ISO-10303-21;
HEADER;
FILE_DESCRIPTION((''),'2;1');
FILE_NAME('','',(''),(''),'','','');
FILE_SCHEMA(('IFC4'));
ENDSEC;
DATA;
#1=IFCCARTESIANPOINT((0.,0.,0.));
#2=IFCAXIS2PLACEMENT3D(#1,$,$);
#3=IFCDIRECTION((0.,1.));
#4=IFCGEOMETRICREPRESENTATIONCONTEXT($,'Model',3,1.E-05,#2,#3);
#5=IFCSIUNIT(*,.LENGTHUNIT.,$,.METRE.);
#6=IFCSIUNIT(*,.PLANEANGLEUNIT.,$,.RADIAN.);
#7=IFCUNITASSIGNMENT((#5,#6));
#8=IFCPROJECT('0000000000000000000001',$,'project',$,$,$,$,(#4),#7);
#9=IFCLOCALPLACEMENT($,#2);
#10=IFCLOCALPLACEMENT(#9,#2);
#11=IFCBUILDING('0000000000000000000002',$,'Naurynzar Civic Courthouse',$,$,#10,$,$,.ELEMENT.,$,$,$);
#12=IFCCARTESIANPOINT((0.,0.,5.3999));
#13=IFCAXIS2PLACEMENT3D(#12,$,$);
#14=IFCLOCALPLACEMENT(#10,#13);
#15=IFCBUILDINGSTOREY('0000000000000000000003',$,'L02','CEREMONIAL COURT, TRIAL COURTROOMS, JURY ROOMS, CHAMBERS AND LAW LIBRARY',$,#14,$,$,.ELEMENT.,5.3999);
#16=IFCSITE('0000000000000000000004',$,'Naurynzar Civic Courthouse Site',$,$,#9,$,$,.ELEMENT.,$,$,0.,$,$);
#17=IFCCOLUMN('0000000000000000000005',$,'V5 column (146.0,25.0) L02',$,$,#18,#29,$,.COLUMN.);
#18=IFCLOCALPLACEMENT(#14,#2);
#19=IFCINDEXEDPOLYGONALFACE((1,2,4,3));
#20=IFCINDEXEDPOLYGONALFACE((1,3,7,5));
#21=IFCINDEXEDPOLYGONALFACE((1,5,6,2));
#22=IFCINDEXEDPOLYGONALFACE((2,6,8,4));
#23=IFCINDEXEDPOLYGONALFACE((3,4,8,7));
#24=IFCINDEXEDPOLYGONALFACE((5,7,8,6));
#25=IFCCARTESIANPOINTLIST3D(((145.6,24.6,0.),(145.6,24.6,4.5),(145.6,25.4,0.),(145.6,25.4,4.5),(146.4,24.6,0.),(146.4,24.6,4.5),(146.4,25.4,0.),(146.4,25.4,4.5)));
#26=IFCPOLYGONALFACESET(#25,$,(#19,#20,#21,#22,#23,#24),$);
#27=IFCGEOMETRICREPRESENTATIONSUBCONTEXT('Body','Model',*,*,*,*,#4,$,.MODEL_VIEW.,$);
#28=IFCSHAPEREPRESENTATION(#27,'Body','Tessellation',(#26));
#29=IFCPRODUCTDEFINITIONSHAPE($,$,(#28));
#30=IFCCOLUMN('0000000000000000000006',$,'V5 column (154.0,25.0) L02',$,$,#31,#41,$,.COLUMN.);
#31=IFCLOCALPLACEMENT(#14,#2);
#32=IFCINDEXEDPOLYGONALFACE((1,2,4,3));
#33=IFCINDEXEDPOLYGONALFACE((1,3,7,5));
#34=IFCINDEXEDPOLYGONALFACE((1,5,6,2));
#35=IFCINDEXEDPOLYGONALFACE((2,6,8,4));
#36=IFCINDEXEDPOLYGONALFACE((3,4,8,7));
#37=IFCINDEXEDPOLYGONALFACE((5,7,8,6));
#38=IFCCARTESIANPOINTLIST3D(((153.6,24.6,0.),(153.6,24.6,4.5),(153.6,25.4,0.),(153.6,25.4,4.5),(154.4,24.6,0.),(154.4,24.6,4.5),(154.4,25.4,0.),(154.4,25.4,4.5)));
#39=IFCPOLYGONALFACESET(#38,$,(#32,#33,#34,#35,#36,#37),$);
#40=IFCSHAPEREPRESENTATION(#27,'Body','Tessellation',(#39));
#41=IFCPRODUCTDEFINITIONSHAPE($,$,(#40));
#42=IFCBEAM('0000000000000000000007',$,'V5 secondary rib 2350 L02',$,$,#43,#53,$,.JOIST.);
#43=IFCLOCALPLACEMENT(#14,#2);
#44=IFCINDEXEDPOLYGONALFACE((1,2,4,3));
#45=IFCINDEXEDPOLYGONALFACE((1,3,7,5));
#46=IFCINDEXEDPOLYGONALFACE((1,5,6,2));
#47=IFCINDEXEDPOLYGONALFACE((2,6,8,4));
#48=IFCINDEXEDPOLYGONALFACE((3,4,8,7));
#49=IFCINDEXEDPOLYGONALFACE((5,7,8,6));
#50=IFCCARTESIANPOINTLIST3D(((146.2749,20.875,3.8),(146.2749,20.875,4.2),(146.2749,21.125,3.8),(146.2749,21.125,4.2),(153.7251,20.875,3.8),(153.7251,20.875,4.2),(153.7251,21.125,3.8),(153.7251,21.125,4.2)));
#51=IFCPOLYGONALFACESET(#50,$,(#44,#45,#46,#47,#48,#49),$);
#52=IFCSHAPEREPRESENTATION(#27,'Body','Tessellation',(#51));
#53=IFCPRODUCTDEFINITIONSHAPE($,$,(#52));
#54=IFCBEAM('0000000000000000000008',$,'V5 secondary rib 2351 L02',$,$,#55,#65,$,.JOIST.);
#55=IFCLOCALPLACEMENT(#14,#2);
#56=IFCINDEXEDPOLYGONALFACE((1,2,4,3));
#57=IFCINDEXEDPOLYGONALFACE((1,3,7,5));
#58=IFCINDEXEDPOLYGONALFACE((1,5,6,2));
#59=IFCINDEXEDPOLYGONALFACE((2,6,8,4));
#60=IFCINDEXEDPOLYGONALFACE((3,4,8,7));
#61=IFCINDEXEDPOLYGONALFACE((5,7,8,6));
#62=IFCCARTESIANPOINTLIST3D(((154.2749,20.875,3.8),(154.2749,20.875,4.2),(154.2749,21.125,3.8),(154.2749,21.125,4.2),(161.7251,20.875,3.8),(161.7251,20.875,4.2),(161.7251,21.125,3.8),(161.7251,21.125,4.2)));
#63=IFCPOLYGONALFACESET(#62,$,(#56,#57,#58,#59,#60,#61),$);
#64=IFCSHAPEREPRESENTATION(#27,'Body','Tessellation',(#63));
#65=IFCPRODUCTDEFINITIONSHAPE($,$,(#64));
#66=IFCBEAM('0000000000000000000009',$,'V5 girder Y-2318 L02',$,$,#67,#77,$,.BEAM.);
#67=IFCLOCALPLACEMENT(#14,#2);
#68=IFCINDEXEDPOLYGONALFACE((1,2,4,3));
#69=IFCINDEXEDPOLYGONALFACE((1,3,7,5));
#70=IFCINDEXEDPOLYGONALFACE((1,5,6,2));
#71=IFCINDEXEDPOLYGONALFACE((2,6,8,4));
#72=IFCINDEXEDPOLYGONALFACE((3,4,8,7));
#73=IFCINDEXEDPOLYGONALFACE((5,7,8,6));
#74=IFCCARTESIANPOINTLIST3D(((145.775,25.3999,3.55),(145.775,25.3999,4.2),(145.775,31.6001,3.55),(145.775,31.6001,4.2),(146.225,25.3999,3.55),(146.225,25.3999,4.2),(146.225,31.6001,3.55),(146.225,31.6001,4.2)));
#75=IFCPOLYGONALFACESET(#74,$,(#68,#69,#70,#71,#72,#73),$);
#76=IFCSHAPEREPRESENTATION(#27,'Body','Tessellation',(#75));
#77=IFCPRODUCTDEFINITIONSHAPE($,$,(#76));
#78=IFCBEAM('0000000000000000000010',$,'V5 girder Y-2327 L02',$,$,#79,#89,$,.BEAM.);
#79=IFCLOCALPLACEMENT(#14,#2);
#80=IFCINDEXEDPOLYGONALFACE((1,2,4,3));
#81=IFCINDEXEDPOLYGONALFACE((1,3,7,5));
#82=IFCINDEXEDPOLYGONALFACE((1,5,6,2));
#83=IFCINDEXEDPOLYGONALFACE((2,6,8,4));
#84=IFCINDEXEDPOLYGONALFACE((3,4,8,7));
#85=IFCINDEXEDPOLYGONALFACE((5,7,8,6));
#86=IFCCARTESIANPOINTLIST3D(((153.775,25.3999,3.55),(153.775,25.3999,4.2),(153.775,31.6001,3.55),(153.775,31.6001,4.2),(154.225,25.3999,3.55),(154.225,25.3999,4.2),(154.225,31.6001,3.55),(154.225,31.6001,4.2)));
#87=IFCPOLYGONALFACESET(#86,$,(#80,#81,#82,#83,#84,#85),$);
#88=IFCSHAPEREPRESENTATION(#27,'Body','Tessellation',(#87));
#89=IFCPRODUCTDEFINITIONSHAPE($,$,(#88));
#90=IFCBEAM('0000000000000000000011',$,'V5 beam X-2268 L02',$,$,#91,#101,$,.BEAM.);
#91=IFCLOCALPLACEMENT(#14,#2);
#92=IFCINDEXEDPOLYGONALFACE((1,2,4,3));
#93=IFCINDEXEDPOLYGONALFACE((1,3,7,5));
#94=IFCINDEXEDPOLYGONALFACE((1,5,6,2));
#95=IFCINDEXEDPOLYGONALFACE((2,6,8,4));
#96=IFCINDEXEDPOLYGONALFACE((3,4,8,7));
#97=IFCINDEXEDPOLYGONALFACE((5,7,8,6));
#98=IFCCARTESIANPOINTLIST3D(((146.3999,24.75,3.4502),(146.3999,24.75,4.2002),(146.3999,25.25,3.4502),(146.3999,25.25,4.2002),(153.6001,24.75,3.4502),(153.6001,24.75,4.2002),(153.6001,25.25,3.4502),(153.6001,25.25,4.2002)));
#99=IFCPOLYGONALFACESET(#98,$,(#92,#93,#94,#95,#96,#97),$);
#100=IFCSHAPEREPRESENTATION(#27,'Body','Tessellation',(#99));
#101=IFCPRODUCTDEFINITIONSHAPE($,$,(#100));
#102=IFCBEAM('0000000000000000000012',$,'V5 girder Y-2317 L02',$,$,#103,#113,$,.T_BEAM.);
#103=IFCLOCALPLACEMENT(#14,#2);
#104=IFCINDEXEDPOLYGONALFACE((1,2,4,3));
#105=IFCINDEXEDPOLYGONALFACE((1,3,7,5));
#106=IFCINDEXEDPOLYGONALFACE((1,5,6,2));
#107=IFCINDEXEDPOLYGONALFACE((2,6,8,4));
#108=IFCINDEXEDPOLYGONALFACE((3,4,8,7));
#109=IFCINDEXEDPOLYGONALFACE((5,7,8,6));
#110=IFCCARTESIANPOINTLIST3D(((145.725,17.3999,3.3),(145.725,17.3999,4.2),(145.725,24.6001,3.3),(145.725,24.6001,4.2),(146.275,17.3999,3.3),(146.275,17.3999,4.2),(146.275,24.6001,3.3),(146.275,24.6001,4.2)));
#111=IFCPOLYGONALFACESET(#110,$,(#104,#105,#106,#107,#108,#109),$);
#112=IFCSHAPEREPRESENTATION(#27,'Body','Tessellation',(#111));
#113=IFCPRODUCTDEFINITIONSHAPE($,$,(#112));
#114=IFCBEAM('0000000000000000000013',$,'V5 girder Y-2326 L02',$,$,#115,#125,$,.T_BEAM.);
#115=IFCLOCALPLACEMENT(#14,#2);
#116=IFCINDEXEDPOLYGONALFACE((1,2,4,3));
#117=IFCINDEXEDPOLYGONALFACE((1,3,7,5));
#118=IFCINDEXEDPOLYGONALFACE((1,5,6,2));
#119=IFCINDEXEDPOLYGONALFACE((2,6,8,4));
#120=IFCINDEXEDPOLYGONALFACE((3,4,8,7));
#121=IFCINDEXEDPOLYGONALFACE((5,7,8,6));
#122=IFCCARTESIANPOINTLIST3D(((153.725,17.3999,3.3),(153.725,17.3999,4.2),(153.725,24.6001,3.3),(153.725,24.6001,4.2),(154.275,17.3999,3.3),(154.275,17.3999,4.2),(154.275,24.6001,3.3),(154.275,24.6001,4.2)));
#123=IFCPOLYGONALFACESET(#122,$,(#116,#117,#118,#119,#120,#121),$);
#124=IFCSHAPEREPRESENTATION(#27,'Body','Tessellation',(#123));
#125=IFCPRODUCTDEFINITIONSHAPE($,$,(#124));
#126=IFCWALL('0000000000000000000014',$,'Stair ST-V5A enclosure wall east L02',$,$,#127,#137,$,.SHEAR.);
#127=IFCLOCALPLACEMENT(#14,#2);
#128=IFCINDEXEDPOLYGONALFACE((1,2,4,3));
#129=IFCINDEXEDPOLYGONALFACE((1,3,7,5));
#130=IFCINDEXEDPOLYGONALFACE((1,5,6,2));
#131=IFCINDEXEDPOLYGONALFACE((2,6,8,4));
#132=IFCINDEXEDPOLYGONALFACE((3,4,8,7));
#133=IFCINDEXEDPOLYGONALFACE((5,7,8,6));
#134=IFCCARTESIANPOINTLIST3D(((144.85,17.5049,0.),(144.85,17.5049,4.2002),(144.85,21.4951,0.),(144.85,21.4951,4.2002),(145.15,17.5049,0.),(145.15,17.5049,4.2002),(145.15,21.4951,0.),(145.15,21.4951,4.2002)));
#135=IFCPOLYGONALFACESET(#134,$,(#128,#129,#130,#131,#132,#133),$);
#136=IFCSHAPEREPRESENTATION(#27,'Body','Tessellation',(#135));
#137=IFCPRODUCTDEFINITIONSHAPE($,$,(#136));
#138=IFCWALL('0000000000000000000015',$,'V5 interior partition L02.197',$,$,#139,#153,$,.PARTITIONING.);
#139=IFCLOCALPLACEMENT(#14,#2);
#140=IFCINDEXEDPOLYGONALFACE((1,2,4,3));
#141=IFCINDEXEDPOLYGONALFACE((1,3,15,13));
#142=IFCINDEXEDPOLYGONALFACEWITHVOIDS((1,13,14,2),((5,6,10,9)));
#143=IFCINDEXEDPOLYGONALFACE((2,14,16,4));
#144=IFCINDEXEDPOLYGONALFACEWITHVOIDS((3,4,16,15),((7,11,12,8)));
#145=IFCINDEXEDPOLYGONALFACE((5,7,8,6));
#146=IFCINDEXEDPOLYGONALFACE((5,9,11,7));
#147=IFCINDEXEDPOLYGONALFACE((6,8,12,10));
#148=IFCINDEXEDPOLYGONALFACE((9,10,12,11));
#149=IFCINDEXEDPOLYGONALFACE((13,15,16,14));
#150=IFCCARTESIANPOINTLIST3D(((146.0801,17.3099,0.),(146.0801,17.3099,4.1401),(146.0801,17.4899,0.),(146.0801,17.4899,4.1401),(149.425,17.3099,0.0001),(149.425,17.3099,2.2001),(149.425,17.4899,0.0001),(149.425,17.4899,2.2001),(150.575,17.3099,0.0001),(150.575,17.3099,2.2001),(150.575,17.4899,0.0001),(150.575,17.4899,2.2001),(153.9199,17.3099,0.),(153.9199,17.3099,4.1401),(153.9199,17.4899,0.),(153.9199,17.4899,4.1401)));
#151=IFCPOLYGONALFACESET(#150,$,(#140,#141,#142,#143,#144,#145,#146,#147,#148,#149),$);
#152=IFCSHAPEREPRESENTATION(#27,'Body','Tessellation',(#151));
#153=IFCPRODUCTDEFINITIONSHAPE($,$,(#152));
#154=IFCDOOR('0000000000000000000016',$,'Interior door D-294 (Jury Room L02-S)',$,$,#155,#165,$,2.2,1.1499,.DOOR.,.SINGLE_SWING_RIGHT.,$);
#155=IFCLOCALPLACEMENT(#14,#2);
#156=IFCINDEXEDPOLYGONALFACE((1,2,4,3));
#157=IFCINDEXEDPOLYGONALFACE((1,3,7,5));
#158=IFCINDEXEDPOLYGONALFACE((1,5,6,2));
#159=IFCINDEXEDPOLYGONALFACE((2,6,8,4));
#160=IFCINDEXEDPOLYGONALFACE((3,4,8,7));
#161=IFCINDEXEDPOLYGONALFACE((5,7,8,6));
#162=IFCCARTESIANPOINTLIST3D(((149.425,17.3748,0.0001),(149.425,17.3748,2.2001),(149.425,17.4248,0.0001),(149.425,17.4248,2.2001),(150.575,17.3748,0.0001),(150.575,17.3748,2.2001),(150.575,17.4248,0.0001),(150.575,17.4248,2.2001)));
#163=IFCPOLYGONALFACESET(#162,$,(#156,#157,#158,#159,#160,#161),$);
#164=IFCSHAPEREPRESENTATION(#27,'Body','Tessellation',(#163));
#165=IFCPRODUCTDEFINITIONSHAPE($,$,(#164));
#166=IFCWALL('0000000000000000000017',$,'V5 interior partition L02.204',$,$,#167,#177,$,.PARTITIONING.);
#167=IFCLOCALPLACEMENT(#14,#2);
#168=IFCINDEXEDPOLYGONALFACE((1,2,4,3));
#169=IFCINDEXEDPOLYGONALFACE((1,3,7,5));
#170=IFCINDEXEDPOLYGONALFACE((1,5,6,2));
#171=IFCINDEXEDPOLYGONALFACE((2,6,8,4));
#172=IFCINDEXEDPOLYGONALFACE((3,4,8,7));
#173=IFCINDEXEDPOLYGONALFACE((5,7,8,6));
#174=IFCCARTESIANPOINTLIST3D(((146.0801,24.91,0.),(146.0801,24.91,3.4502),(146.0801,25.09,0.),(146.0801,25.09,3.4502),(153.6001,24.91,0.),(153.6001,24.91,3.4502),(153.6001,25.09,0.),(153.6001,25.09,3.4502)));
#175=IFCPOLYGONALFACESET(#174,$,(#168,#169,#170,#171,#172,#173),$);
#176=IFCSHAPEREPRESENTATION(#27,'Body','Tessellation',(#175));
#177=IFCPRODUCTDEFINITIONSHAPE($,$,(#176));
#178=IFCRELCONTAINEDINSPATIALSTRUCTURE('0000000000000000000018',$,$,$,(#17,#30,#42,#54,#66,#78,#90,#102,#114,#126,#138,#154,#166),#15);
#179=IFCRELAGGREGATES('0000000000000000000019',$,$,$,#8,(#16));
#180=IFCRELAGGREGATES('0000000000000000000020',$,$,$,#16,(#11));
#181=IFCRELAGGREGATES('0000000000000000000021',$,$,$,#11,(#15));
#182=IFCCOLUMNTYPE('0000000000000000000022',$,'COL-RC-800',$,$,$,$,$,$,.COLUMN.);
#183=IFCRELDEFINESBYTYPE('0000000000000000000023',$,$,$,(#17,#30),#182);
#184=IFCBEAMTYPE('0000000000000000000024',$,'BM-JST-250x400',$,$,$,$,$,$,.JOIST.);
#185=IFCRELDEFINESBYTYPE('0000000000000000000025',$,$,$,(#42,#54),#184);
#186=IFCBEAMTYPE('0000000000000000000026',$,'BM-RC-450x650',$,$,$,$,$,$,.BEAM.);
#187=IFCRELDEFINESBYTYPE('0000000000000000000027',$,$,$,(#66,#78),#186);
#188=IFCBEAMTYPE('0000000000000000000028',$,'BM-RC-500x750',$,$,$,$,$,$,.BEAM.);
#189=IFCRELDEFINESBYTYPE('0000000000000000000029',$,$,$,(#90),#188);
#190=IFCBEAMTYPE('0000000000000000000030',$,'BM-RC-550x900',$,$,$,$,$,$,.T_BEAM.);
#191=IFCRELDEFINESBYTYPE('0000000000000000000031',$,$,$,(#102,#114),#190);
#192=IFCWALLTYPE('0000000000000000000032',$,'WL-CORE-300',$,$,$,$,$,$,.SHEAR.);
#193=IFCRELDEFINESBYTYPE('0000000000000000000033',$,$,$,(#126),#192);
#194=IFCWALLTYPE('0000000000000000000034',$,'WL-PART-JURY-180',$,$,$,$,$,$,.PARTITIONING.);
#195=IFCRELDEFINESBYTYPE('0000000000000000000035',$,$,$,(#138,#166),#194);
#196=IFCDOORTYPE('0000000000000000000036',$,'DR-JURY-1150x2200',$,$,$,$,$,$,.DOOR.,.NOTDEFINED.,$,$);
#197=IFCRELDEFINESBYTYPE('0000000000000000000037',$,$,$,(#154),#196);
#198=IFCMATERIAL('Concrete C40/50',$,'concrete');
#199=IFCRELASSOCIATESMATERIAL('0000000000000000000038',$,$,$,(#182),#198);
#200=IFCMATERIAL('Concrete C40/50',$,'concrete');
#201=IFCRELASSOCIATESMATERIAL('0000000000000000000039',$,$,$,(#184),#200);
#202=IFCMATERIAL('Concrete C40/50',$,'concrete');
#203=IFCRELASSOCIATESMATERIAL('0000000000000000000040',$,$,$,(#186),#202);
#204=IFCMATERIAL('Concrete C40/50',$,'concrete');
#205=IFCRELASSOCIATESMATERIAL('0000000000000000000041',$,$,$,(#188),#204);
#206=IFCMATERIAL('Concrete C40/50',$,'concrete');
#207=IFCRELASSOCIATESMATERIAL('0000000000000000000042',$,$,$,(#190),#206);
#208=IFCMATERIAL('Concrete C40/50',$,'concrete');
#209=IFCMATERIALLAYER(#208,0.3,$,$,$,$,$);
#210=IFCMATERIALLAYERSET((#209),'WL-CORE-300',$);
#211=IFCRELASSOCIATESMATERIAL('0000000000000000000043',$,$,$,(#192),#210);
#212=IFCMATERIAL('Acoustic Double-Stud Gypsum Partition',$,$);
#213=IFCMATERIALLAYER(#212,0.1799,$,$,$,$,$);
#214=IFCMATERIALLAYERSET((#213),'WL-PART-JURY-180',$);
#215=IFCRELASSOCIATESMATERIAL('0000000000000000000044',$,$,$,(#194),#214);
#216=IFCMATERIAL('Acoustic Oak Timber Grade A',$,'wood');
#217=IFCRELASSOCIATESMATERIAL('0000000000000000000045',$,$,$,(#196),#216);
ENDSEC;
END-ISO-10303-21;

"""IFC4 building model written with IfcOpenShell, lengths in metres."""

from ifc_helpers import new_model, si_unit, direction, frame, frame_2d, origin, origin_2d, place, context, subcontext, project, spatial, rectangle, extrude, material, layer, layer_set, material_profile, profile_set, type_object, element, fill, save


model = new_model("IFC4")

# Units and contexts
model_context = context("Model", 3, precision=1e-05, world=origin(), true_north=direction((0.0, 1.0)))
body_context = subcontext(model_context, "Body", "Model", "MODEL_VIEW")
ifc_project = project(units=[si_unit("LENGTHUNIT", "METRE"), si_unit("PLANEANGLEUNIT", "RADIAN")], contexts=[model_context])

# Site, building, storey
site_placement = place(None, origin())
site = spatial("IfcSite", under=ifc_project, at=site_placement, Name="Naurynzar Civic Courthouse Site", CompositionType="ELEMENT", RefElevation=0.0)
building_placement = place(site_placement, origin())
building = spatial("IfcBuilding", under=site, at=building_placement, Name="Naurynzar Civic Courthouse", CompositionType="ELEMENT")
storey_placement = place(building_placement, frame((0.0, 0.0, 5.3999)))
storey = spatial("IfcBuildingStorey", under=building, at=storey_placement, Name="L02", Description="CEREMONIAL COURT, TRIAL COURTROOMS, JURY ROOMS, CHAMBERS AND LAW LIBRARY", CompositionType="ELEMENT", Elevation=5.3999)

# Columns
ifc_material_1 = material(Name="Concrete C40/50", Category="concrete")
ifc_material_profile_1 = material_profile(ifc_material_1, rectangle(XDim=0.8, YDim=0.8, at=origin_2d()), Name="RC 800x800")
ifc_profile_set_1 = profile_set([ifc_material_profile_1], Name="Concrete C40/50")
column_type = type_object("IfcColumnType", Name="COL-RC-800", PredefinedType="COLUMN", material=ifc_profile_set_1)
for number, where, z_axis, x_axis, name in (
    (1, (146.0, 25.0, 0.0), (0.0, 0.0, 1.0), (1.0, 0.0, 0.0), "V5 column (146.0,25.0) L02"),
    (2, (154.0, 25.0, 0.0), (0.0, 0.0, 1.0), (1.0, 0.0, 0.0), "V5 column (154.0,25.0) L02"),
):
    element("IfcColumn", number, at=place(storey_placement, frame(where, z_axis=z_axis, x_axis=x_axis)), inside=storey, type_object=column_type, Name=name, PredefinedType="COLUMN", context=body_context, shape_type="SweptSolid", body=[
        extrude(rectangle(XDim=0.8, YDim=0.8, at=origin_2d()), origin(), (0.0, 0.0, 1.0), 4.5),
    ])

# Beams
ifc_material_2 = material(Name="Concrete C40/50", Category="concrete")
ifc_material_profile_2 = material_profile(ifc_material_2, rectangle(XDim=0.25, YDim=0.3999, at=origin_2d()), Name="RCB 250x400")
ifc_profile_set_2 = profile_set([ifc_material_profile_2], Name="Concrete C40/50")
beam_type_1 = type_object("IfcBeamType", Name="BM-JST-250x400", PredefinedType="JOIST", material=ifc_profile_set_2)
for number, where, z_axis, x_axis, name in (
    (3, (146.2749, 21.0, 4.0), (1.0, 0.0, 0.0), (0.0, 1.0, 0.0), "V5 secondary rib 2350 L02"),
    (4, (154.2749, 21.0, 4.0), (1.0, 0.0, 0.0), (0.0, 1.0, 0.0), "V5 secondary rib 2351 L02"),
):
    element("IfcBeam", number, at=place(storey_placement, frame(where, z_axis=z_axis, x_axis=x_axis)), inside=storey, type_object=beam_type_1, Name=name, PredefinedType="JOIST", context=body_context, shape_type="SweptSolid", body=[
        extrude(rectangle(XDim=0.25, YDim=0.3999, at=origin_2d()), origin(), (0.0, 0.0, 1.0), 7.4502),
    ])
ifc_material_3 = material(Name="Concrete C40/50", Category="concrete")
ifc_material_profile_3 = material_profile(ifc_material_3, rectangle(XDim=0.45, YDim=0.6499, at=origin_2d()), Name="RCB 450x650")
ifc_profile_set_3 = profile_set([ifc_material_profile_3], Name="Concrete C40/50")
beam_type_2 = type_object("IfcBeamType", Name="BM-RC-450x650", PredefinedType="BEAM", material=ifc_profile_set_3)
for number, where, z_axis, x_axis, name in (
    (5, (146.0, 25.3999, 3.875), (0.0, 1.0, 0.0), (-1.0, 0.0, 0.0), "V5 girder Y-2318 L02"),
    (6, (154.0, 25.3999, 3.875), (0.0, 1.0, 0.0), (-1.0, 0.0, 0.0), "V5 girder Y-2327 L02"),
):
    element("IfcBeam", number, at=place(storey_placement, frame(where, z_axis=z_axis, x_axis=x_axis)), inside=storey, type_object=beam_type_2, Name=name, PredefinedType="BEAM", context=body_context, shape_type="SweptSolid", body=[
        extrude(rectangle(XDim=0.45, YDim=0.6499, at=origin_2d()), origin(), (0.0, 0.0, 1.0), 6.2002),
    ])
ifc_material_4 = material(Name="Concrete C40/50", Category="concrete")
ifc_material_profile_4 = material_profile(ifc_material_4, rectangle(XDim=0.5, YDim=0.75, at=origin_2d()), Name="RCB 500x750")
ifc_profile_set_4 = profile_set([ifc_material_profile_4], Name="Concrete C40/50")
beam_type_3 = type_object("IfcBeamType", Name="BM-RC-500x750", PredefinedType="BEAM", material=ifc_profile_set_4)
beam_placement = place(storey_placement, frame((146.3999, 25.0, 3.8252), z_axis=(1.0, 0.0, 0.0), x_axis=(0.0, 1.0, 0.0)))
element("IfcBeam", 7, at=beam_placement, inside=storey, type_object=beam_type_3, Name="V5 beam X-2268 L02", PredefinedType="BEAM", context=body_context, shape_type="SweptSolid", body=[
    extrude(rectangle(XDim=0.5, YDim=0.75, at=origin_2d()), origin(), (0.0, 0.0, 1.0), 7.2002),
])
ifc_material_5 = material(Name="Concrete C40/50", Category="concrete")
ifc_material_profile_5 = material_profile(ifc_material_5, rectangle(XDim=0.55, YDim=0.8999, at=origin_2d()), Name="RCB 550x900")
ifc_profile_set_5 = profile_set([ifc_material_profile_5], Name="Concrete C40/50")
beam_type_4 = type_object("IfcBeamType", Name="BM-RC-550x900", PredefinedType="T_BEAM", material=ifc_profile_set_5)
for number, where, z_axis, x_axis, name in (
    (8, (146.0, 17.3999, 3.75), (0.0, 1.0, 0.0), (-1.0, 0.0, 0.0), "V5 girder Y-2317 L02"),
    (9, (154.0, 17.3999, 3.75), (0.0, 1.0, 0.0), (-1.0, 0.0, 0.0), "V5 girder Y-2326 L02"),
):
    element("IfcBeam", number, at=place(storey_placement, frame(where, z_axis=z_axis, x_axis=x_axis)), inside=storey, type_object=beam_type_4, Name=name, PredefinedType="T_BEAM", context=body_context, shape_type="SweptSolid", body=[
        extrude(rectangle(XDim=0.55, YDim=0.8999, at=origin_2d()), origin(), (0.0, 0.0, 1.0), 7.2002),
    ])

# Shared definitions
ifc_material_6 = material(Name="Concrete C40/50", Category="concrete")
ifc_layer_1 = layer(ifc_material_6, 0.3)
ifc_layer_set_1 = layer_set([ifc_layer_1], Name="WL-CORE-300")
wall_type_1 = type_object("IfcWallType", Name="WL-CORE-300", PredefinedType="SHEAR", material=ifc_layer_set_1)

# Wall
wall_1_placement = place(storey_placement, frame((145.0, 17.5049, 0.0), z_axis=(0.0, 0.0, 1.0), x_axis=(0.0, 1.0, 0.0)))
element("IfcWall", 10, at=wall_1_placement, inside=storey, type_object=wall_type_1, Name="Stair ST-V5A enclosure wall east L02", PredefinedType="SHEAR", context=body_context, shape_type="SweptSolid", body=[
    extrude(rectangle(XDim=3.9902, YDim=0.3, at=frame_2d((1.9951, 0.0))), origin(), (0.0, 0.0, 1.0), 4.2002),
])

# Wall, opening, door
ifc_material_7 = material(Name="Acoustic Double-Stud Gypsum Partition")
ifc_layer_2 = layer(ifc_material_7, 0.1799)
ifc_layer_set_2 = layer_set([ifc_layer_2], Name="WL-PART-JURY-180")
wall_type_2 = type_object("IfcWallType", Name="WL-PART-JURY-180", PredefinedType="PARTITIONING", material=ifc_layer_set_2)
wall_2_placement = place(storey_placement, frame((146.0801, 17.3999, 0.0), z_axis=(0.0, 0.0, 1.0), x_axis=(1.0, 0.0, 0.0)))
wall_2 = element("IfcWall", 11, at=wall_2_placement, inside=storey, type_object=wall_type_2, Name="V5 interior partition L02.197", PredefinedType="PARTITIONING", context=body_context, shape_type="SweptSolid", body=[
    extrude(rectangle(XDim=7.8398, YDim=0.1799, at=frame_2d((3.9199, 0.0))), origin(), (0.0, 0.0, 1.0), 4.1401),
])
opening_1_placement = place(wall_2_placement, frame((3.345, 0.0, 0.0)))
opening_1 = element("IfcOpeningElement", 12, at=opening_1_placement, cuts=wall_2, PredefinedType="OPENING", context=body_context, shape_type="SweptSolid", body=[
    extrude(rectangle(XDim=1.1499, YDim=2.2, at=frame_2d((0.575, 1.1001))), frame((0.0, 0.0999, 0.0), z_axis=(0.0, -1.0, 0.0), x_axis=(1.0, 0.0, 0.0)), (0.0, 0.0, 1.0), 0.2),
])
ifc_material_8 = material(Name="Acoustic Oak Timber Grade A", Category="wood")
door_type_1 = type_object("IfcDoorType", Name="DR-JURY-1150x2200", OperationType="NOTDEFINED", PredefinedType="DOOR", material=ifc_material_8)
door_1_placement = place(opening_1_placement, origin())
door_1 = element("IfcDoor", 13, at=door_1_placement, inside=storey, type_object=door_type_1, Name="Interior door D-294 (Jury Room L02-S)", OperationType="SINGLE_SWING_RIGHT", OverallHeight=2.2, OverallWidth=1.1499, PredefinedType="DOOR", context=body_context, shape_type="SweptSolid", body=[
    extrude(rectangle(XDim=1.1499, YDim=2.2, at=frame_2d((0.575, 1.1001))), frame((0.0, 0.0249, 0.0), z_axis=(0.0, -1.0, 0.0), x_axis=(1.0, 0.0, 0.0)), (0.0, 0.0, 1.0), 0.05),
])
fill(opening_1, door_1)

# Wall
wall_3_placement = place(storey_placement, frame((146.0801, 25.0, 0.0), z_axis=(0.0, 0.0, 1.0), x_axis=(1.0, 0.0, 0.0)))
element("IfcWall", 14, at=wall_3_placement, inside=storey, type_object=wall_type_2, Name="V5 interior partition L02.204", PredefinedType="PARTITIONING", context=body_context, shape_type="SweptSolid", body=[
    extrude(rectangle(XDim=7.52, YDim=0.1799, at=frame_2d((3.76, 0.0))), origin(), (0.0, 0.0, 1.0), 3.4502),
])

save(model, "model.ifc")
